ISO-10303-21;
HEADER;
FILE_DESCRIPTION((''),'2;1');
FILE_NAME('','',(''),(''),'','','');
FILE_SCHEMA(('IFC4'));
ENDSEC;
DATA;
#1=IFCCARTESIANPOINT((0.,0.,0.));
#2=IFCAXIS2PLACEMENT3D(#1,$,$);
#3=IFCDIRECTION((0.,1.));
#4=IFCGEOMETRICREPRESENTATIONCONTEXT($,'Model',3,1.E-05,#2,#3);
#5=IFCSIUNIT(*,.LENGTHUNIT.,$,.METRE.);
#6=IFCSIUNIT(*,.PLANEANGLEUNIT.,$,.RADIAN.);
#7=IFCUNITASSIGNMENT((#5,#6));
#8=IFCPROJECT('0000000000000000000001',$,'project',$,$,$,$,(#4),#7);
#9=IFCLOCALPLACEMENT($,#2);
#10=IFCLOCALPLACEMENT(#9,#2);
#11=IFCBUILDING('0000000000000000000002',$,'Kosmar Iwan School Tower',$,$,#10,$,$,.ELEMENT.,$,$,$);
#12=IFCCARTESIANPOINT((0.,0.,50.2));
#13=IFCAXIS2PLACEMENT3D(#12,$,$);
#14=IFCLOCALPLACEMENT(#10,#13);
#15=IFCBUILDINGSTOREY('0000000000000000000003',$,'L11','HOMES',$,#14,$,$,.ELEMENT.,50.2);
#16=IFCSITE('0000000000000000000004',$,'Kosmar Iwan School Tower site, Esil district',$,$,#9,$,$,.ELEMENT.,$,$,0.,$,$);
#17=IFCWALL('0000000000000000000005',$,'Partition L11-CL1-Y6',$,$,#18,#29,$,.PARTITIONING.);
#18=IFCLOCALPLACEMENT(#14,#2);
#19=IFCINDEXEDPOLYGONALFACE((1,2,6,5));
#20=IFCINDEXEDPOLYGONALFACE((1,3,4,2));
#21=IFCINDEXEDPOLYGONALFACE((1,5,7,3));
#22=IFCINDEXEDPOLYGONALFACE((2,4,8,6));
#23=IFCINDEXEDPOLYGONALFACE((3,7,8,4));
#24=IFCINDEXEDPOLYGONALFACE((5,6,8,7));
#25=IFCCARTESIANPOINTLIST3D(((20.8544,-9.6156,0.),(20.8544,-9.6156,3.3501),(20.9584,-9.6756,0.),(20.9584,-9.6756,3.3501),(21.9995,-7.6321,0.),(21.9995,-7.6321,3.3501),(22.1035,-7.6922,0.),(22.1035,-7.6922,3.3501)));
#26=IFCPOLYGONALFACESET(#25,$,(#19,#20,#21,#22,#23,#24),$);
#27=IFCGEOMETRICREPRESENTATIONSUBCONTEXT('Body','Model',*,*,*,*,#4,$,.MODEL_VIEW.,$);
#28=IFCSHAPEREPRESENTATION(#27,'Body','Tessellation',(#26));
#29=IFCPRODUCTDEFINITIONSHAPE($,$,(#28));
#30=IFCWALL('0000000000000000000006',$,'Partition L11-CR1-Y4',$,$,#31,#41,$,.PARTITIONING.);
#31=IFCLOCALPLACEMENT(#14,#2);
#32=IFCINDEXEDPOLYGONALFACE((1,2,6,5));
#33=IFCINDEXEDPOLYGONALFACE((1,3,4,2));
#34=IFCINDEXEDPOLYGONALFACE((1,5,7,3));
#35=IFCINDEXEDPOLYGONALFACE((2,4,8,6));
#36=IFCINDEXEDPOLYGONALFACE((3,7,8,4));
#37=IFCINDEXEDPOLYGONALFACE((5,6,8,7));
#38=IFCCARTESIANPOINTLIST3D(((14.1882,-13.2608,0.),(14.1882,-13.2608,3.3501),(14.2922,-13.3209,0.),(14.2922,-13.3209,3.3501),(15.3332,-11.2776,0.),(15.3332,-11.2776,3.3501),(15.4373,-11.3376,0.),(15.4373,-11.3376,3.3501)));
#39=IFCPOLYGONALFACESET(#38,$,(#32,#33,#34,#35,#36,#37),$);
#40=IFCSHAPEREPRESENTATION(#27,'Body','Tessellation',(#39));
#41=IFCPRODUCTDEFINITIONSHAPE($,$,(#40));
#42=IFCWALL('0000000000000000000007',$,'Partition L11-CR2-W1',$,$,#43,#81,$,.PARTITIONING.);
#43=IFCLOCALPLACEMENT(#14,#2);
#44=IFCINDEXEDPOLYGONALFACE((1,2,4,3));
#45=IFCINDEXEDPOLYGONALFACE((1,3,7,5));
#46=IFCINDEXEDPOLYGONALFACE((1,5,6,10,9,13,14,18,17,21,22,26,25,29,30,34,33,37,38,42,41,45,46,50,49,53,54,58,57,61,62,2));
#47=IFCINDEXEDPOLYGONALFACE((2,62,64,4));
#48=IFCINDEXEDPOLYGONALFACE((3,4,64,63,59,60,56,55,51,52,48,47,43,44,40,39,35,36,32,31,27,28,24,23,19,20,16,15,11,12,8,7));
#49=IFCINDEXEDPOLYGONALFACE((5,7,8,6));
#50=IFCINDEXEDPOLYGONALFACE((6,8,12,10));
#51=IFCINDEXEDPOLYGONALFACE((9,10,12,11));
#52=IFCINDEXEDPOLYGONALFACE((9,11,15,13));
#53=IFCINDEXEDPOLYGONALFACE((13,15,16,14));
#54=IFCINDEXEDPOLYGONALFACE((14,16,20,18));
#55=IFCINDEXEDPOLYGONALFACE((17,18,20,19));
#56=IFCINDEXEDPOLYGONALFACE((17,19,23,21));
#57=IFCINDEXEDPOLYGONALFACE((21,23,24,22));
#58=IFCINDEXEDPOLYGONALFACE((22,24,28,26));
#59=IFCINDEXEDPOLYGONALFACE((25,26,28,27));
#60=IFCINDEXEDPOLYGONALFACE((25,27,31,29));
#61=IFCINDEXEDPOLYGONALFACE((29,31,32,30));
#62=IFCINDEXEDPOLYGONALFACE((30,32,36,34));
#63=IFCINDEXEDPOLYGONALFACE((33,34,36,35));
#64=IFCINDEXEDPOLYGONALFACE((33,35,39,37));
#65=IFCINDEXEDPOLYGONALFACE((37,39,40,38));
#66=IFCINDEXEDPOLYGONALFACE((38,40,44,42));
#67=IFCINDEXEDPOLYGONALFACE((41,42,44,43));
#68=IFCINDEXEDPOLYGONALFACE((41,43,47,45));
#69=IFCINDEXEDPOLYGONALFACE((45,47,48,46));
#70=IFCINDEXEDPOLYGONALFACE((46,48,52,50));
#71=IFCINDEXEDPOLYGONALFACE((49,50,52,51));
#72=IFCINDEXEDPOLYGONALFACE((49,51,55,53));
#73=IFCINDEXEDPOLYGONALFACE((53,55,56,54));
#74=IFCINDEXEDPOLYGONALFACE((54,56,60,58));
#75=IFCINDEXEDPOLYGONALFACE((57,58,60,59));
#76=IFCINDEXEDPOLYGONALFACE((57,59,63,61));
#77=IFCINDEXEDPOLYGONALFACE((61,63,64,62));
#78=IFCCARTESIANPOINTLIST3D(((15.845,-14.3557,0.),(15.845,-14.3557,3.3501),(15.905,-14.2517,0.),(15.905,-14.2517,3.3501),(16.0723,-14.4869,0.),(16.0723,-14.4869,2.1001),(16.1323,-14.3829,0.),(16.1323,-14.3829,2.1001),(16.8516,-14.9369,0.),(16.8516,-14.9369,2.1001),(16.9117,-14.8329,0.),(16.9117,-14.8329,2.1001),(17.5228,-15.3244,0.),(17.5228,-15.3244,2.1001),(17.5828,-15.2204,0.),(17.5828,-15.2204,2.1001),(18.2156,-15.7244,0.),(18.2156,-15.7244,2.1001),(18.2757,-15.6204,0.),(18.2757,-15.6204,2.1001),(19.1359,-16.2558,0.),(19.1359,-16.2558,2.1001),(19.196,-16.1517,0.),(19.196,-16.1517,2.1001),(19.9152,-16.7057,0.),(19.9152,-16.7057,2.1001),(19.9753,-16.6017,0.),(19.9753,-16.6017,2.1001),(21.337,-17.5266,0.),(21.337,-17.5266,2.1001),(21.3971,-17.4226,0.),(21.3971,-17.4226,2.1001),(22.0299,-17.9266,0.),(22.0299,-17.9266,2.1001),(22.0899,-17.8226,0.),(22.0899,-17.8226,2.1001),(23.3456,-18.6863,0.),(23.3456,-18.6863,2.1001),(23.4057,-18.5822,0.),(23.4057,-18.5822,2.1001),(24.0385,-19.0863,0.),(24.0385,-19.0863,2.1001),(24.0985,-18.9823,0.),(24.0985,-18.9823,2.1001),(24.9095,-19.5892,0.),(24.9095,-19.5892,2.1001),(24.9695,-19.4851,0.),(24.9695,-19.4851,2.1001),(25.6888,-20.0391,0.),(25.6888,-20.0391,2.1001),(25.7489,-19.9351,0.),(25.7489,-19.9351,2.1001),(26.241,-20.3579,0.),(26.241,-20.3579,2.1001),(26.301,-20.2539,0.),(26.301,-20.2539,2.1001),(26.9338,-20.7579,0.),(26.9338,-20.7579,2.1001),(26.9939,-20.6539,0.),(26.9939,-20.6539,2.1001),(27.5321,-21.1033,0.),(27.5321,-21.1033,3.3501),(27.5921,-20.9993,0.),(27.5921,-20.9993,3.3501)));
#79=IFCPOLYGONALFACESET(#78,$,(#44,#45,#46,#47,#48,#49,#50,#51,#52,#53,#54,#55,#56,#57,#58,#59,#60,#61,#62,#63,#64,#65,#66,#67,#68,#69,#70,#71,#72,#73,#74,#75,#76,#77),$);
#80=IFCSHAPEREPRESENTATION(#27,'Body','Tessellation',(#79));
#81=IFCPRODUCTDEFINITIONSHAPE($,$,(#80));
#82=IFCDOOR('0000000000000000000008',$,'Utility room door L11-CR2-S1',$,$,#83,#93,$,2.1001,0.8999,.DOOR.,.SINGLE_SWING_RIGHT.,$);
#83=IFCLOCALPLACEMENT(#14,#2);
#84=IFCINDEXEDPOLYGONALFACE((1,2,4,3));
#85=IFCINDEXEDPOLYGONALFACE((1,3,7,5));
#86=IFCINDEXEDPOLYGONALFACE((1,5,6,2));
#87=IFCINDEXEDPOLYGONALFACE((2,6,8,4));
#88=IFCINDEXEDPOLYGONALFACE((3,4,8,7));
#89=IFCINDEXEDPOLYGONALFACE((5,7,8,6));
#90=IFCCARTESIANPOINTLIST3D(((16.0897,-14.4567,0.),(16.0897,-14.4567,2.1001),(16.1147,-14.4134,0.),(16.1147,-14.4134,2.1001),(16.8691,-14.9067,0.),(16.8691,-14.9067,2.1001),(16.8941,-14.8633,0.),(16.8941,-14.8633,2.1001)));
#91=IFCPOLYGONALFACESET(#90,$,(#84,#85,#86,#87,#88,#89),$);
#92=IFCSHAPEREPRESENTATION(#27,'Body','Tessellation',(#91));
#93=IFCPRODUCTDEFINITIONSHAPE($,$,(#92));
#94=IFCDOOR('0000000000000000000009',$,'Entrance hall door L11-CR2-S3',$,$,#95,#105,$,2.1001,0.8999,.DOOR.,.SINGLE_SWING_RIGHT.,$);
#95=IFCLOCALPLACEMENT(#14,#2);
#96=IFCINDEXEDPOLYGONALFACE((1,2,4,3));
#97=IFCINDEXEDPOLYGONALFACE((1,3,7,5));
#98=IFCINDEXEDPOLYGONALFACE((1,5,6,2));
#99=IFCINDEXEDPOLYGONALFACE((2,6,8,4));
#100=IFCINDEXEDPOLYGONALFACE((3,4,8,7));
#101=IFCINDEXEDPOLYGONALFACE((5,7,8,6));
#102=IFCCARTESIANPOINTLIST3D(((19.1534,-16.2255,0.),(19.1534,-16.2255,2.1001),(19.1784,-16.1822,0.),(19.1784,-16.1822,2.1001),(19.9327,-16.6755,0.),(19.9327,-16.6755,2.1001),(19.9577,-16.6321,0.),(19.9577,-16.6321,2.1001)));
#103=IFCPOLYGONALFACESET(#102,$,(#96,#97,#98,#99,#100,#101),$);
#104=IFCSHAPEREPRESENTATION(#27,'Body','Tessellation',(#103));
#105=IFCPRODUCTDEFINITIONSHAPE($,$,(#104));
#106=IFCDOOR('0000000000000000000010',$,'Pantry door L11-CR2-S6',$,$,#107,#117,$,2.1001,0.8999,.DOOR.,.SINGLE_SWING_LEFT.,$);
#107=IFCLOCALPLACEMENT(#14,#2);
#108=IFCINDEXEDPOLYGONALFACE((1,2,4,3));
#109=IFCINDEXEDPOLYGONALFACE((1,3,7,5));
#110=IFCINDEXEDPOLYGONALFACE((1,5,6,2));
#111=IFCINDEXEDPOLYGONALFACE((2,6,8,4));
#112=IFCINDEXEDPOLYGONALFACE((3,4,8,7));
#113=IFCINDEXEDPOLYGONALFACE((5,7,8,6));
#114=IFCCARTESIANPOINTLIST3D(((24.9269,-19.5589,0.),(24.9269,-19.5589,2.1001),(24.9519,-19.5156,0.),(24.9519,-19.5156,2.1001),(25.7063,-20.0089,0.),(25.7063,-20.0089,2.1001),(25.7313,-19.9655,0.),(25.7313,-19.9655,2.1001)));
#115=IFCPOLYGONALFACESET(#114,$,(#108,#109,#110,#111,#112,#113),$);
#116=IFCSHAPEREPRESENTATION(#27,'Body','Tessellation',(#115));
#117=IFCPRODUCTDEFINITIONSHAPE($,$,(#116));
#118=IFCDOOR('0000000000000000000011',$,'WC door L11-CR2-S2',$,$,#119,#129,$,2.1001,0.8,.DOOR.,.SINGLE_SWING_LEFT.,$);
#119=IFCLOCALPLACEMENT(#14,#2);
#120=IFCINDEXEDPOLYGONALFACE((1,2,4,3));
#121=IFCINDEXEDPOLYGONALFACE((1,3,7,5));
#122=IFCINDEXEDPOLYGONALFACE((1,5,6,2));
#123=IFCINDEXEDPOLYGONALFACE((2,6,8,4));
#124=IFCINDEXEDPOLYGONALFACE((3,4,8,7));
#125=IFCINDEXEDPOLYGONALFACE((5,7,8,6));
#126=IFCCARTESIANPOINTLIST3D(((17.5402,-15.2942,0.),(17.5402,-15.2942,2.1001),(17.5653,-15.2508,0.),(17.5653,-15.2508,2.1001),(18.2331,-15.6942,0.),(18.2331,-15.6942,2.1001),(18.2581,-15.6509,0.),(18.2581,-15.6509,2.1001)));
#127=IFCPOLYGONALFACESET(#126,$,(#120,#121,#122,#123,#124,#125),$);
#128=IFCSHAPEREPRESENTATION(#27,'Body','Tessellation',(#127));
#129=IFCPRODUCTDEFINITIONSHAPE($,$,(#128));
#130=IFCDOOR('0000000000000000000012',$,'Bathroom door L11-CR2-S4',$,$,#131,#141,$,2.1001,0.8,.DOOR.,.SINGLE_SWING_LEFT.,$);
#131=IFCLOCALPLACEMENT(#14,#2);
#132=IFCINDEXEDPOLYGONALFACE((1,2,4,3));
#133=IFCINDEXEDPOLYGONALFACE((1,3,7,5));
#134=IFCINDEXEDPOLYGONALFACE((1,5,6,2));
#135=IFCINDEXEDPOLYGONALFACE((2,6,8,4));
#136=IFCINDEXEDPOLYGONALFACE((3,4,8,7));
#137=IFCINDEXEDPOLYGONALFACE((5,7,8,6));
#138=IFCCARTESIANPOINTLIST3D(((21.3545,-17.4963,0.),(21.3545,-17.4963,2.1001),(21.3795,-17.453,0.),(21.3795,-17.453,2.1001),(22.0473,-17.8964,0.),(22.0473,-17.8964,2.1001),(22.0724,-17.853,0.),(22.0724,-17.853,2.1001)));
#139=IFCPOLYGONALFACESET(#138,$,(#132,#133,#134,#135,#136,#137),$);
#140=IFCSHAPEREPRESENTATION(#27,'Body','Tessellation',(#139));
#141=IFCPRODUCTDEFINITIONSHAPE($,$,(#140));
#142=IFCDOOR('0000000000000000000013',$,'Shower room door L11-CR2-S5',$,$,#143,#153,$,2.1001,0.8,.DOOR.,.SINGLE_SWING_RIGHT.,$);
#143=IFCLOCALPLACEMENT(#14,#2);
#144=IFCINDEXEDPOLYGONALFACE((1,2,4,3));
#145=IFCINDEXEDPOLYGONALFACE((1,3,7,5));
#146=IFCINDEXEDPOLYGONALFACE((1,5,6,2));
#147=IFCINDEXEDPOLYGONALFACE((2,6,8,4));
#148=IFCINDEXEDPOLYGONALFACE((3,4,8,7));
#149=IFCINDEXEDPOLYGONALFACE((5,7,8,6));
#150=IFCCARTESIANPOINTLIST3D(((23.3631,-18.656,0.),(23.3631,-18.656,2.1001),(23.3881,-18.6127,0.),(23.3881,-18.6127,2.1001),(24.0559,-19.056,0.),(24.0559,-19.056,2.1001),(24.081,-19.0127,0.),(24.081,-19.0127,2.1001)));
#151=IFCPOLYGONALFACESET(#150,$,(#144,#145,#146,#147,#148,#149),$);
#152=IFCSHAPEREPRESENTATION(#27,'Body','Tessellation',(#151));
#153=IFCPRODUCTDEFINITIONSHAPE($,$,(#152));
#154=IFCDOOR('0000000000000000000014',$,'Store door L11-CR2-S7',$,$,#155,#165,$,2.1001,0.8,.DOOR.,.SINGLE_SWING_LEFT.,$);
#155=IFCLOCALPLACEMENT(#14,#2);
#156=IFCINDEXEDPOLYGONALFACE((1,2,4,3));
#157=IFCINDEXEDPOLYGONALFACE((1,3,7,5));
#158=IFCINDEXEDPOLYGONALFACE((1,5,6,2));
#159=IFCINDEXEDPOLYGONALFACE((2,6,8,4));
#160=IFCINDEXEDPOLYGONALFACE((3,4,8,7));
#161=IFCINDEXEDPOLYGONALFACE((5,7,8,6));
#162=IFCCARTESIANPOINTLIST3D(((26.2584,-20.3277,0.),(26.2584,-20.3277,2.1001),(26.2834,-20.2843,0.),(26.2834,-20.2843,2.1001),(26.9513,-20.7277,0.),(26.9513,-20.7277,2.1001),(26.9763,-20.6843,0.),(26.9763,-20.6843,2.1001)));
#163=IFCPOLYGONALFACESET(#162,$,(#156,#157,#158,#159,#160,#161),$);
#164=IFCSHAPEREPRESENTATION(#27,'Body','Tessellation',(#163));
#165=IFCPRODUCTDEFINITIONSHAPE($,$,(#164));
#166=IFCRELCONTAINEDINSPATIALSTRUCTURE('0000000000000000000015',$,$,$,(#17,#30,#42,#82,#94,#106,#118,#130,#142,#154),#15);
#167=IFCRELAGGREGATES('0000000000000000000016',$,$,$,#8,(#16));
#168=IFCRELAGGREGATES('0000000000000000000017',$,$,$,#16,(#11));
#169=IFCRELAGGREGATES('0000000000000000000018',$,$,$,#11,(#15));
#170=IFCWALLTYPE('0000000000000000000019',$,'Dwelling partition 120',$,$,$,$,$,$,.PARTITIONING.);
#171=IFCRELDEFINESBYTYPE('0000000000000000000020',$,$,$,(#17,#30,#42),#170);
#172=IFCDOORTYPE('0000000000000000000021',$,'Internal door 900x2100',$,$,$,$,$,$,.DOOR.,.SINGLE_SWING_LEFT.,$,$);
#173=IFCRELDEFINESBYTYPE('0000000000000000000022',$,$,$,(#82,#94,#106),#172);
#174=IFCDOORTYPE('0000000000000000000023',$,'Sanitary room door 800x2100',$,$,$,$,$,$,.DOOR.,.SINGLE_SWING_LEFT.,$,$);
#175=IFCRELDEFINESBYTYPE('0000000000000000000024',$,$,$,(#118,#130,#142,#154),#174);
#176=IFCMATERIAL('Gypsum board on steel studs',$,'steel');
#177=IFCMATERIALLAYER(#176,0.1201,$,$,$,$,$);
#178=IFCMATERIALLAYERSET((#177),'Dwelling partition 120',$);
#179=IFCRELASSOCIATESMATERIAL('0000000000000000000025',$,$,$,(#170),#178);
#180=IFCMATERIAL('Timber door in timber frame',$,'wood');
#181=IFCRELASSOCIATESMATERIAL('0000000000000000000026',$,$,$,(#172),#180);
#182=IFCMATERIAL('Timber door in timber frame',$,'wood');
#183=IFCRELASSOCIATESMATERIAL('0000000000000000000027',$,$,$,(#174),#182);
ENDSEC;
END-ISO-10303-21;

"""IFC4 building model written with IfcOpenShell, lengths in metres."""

from ifc_helpers import new_model, si_unit, direction, frame, frame_2d, origin, place, context, subcontext, project, spatial, rectangle, extrude, material, layer, layer_set, type_object, element, fill, save


model = new_model("IFC4")

# Units and contexts
model_context = context("Model", 3, precision=1e-05, world=origin(), true_north=direction((0.0, 1.0)))
body_context = subcontext(model_context, "Body", "Model", "MODEL_VIEW")
ifc_project = project(units=[si_unit("LENGTHUNIT", "METRE"), si_unit("PLANEANGLEUNIT", "RADIAN")], contexts=[model_context])

# Site, building, storey
site_placement = place(None, origin())
site = spatial("IfcSite", under=ifc_project, at=site_placement, Name="Kosmar Iwan School Tower site, Esil district", CompositionType="ELEMENT", RefElevation=0.0)
building_placement = place(site_placement, origin())
building = spatial("IfcBuilding", under=site, at=building_placement, Name="Kosmar Iwan School Tower", CompositionType="ELEMENT")
storey_placement = place(building_placement, frame((0.0, 0.0, 50.2)))
storey = spatial("IfcBuildingStorey", under=building, at=storey_placement, Name="L11", Description="HOMES", CompositionType="ELEMENT", Elevation=50.2)

# Walls
ifc_material_1 = material(Name="Gypsum board on steel studs", Category="steel")
ifc_layer_1 = layer(ifc_material_1, 0.1201)
ifc_layer_set_1 = layer_set([ifc_layer_1], Name="Dwelling partition 120")
wall_type_1 = type_object("IfcWallType", Name="Dwelling partition 120", PredefinedType="PARTITIONING", material=ifc_layer_set_1)
wall_1_placement = place(storey_placement, frame((20.9065, -9.6455, 0.0), z_axis=(0.0, 0.0, 1.0), x_axis=(0.499969, 0.866044, 0.0)))
element("IfcWall", 1, at=wall_1_placement, inside=storey, type_object=wall_type_1, Name="Partition L11-CL1-Y6", PredefinedType="PARTITIONING", context=body_context, shape_type="SweptSolid", body=[
    extrude(rectangle(XDim=2.2903, YDim=0.1201, at=frame_2d((1.145, 0.0))), origin(), (0.0, 0.0, 1.0), 3.3501),
])
wall_2_placement = place(storey_placement, frame((15.3853, -11.3076, 0.0), z_axis=(0.0, 0.0, 1.0), x_axis=(-0.500015, -0.866017, 0.0)))
element("IfcWall", 2, at=wall_2_placement, inside=storey, type_object=wall_type_1, Name="Partition L11-CR1-Y4", PredefinedType="PARTITIONING", context=body_context, shape_type="SweptSolid", body=[
    extrude(rectangle(XDim=2.29, YDim=0.1201, at=frame_2d((1.145, 0.0))), origin(), (0.0, 0.0, 1.0), 3.3501),
])

# Wall, openings, doors
wall_3_placement = place(storey_placement, frame((15.875, -14.3037, 0.0), z_axis=(0.0, 0.0, 1.0), x_axis=(0.866024, -0.500003, 0.0)))
wall_3 = element("IfcWall", 3, at=wall_3_placement, inside=storey, type_object=wall_type_1, Name="Partition L11-CR2-W1", PredefinedType="PARTITIONING", context=body_context, shape_type="SweptSolid", body=[
    extrude(rectangle(XDim=13.4951, YDim=0.1201, at=frame_2d((6.7476, 0.0))), origin(), (0.0, 0.0, 1.0), 3.3501),
])
opening_1_placement = place(wall_3_placement, frame((0.2625, 0.0, 0.0)))
opening_1 = element("IfcOpeningElement", 4, at=opening_1_placement, cuts=wall_3, PredefinedType="OPENING", context=body_context, shape_type="SweptSolid", body=[
    extrude(rectangle(XDim=0.8999, YDim=2.1001, at=frame_2d((0.45, 1.05))), frame((0.0, 0.072, 0.0), z_axis=(0.0, -1.0, 0.0), x_axis=(1.0, 0.0, 0.0)), (0.0, 0.0, 1.0), 0.144),
])
opening_2_placement = place(wall_3_placement, frame((1.9375, 0.0, 0.0)))
opening_2 = element("IfcOpeningElement", 5, at=opening_2_placement, cuts=wall_3, PredefinedType="OPENING", context=body_context, shape_type="SweptSolid", body=[
    extrude(rectangle(XDim=0.8, YDim=2.1001, at=frame_2d((0.3999, 1.05))), frame((0.0, 0.072, 0.0), z_axis=(0.0, -1.0, 0.0), x_axis=(1.0, 0.0, 0.0)), (0.0, 0.0, 1.0), 0.144),
])
opening_3_placement = place(wall_3_placement, frame((3.8, 0.0, 0.0)))
opening_3 = element("IfcOpeningElement", 6, at=opening_3_placement, cuts=wall_3, PredefinedType="OPENING", context=body_context, shape_type="SweptSolid", body=[
    extrude(rectangle(XDim=0.8999, YDim=2.1001, at=frame_2d((0.45, 1.05))), frame((0.0, 0.072, 0.0), z_axis=(0.0, -1.0, 0.0), x_axis=(1.0, 0.0, 0.0)), (0.0, 0.0, 1.0), 0.144),
])
opening_4_placement = place(wall_3_placement, frame((6.3418, 0.0, 0.0)))
opening_4 = element("IfcOpeningElement", 7, at=opening_4_placement, cuts=wall_3, PredefinedType="OPENING", context=body_context, shape_type="SweptSolid", body=[
    extrude(rectangle(XDim=0.8, YDim=2.1001, at=frame_2d((0.3999, 1.05))), frame((0.0, 0.072, 0.0), z_axis=(0.0, -1.0, 0.0), x_axis=(1.0, 0.0, 0.0)), (0.0, 0.0, 1.0), 0.144),
])
opening_5_placement = place(wall_3_placement, frame((8.6611, 0.0, 0.0)))
opening_5 = element("IfcOpeningElement", 8, at=opening_5_placement, cuts=wall_3, PredefinedType="OPENING", context=body_context, shape_type="SweptSolid", body=[
    extrude(rectangle(XDim=0.8, YDim=2.1001, at=frame_2d((0.3999, 1.05))), frame((0.0, 0.072, 0.0), z_axis=(0.0, -1.0, 0.0), x_axis=(1.0, 0.0, 0.0)), (0.0, 0.0, 1.0), 0.144),
])
opening_6_placement = place(wall_3_placement, frame((10.4668, 0.0, 0.0)))
opening_6 = element("IfcOpeningElement", 9, at=opening_6_placement, cuts=wall_3, PredefinedType="OPENING", context=body_context, shape_type="SweptSolid", body=[
    extrude(rectangle(XDim=0.8999, YDim=2.1001, at=frame_2d((0.45, 1.05))), frame((0.0, 0.072, 0.0), z_axis=(0.0, -1.0, 0.0), x_axis=(1.0, 0.0, 0.0)), (0.0, 0.0, 1.0), 0.144),
])
opening_7_placement = place(wall_3_placement, frame((12.0044, 0.0, 0.0)))
opening_7 = element("IfcOpeningElement", 10, at=opening_7_placement, cuts=wall_3, PredefinedType="OPENING", context=body_context, shape_type="SweptSolid", body=[
    extrude(rectangle(XDim=0.8, YDim=2.1001, at=frame_2d((0.3999, 1.05))), frame((0.0, 0.072, 0.0), z_axis=(0.0, -1.0, 0.0), x_axis=(1.0, 0.0, 0.0)), (0.0, 0.0, 1.0), 0.144),
])
ifc_material_2 = material(Name="Timber door in timber frame", Category="wood")
door_type_1 = type_object("IfcDoorType", Name="Internal door 900x2100", OperationType="SINGLE_SWING_LEFT", PredefinedType="DOOR", material=ifc_material_2)
door_1_placement = place(opening_1_placement, origin())
door_1 = element("IfcDoor", 11, at=door_1_placement, inside=storey, type_object=door_type_1, Name="Utility room door L11-CR2-S1", OperationType="SINGLE_SWING_RIGHT", OverallHeight=2.1001, OverallWidth=0.8999, PredefinedType="DOOR", context=body_context, shape_type="SweptSolid", body=[
    extrude(rectangle(XDim=0.8999, YDim=2.1001, at=frame_2d((0.45, 1.05))), frame((0.0, 0.0249, 0.0), z_axis=(0.0, -1.0, 0.0), x_axis=(1.0, 0.0, 0.0)), (0.0, 0.0, 1.0), 0.05),
])
fill(opening_1, door_1)
door_2_placement = place(opening_3_placement, origin())
door_2 = element("IfcDoor", 12, at=door_2_placement, inside=storey, type_object=door_type_1, Name="Entrance hall door L11-CR2-S3", OperationType="SINGLE_SWING_RIGHT", OverallHeight=2.1001, OverallWidth=0.8999, PredefinedType="DOOR", context=body_context, shape_type="SweptSolid", body=[
    extrude(rectangle(XDim=0.8999, YDim=2.1001, at=frame_2d((0.45, 1.05))), frame((0.0, 0.0249, 0.0), z_axis=(0.0, -1.0, 0.0), x_axis=(1.0, 0.0, 0.0)), (0.0, 0.0, 1.0), 0.05),
])
fill(opening_3, door_2)
door_3_placement = place(opening_6_placement, origin())
door_3 = element("IfcDoor", 13, at=door_3_placement, inside=storey, type_object=door_type_1, Name="Pantry door L11-CR2-S6", OperationType="SINGLE_SWING_LEFT", OverallHeight=2.1001, OverallWidth=0.8999, PredefinedType="DOOR", context=body_context, shape_type="SweptSolid", body=[
    extrude(rectangle(XDim=0.8999, YDim=2.1001, at=frame_2d((0.45, 1.05))), frame((0.0, 0.0249, 0.0), z_axis=(0.0, -1.0, 0.0), x_axis=(1.0, 0.0, 0.0)), (0.0, 0.0, 1.0), 0.05),
])
fill(opening_6, door_3)
ifc_material_3 = material(Name="Timber door in timber frame", Category="wood")
door_type_2 = type_object("IfcDoorType", Name="Sanitary room door 800x2100", OperationType="SINGLE_SWING_LEFT", PredefinedType="DOOR", material=ifc_material_3)
door_4_placement = place(opening_2_placement, origin())
door_4 = element("IfcDoor", 14, at=door_4_placement, inside=storey, type_object=door_type_2, Name="WC door L11-CR2-S2", OperationType="SINGLE_SWING_LEFT", OverallHeight=2.1001, OverallWidth=0.8, PredefinedType="DOOR", context=body_context, shape_type="SweptSolid", body=[
    extrude(rectangle(XDim=0.8, YDim=2.1001, at=frame_2d((0.3999, 1.05))), frame((0.0, 0.0249, 0.0), z_axis=(0.0, -1.0, 0.0), x_axis=(1.0, 0.0, 0.0)), (0.0, 0.0, 1.0), 0.05),
])
fill(opening_2, door_4)
door_5_placement = place(opening_4_placement, origin())
door_5 = element("IfcDoor", 15, at=door_5_placement, inside=storey, type_object=door_type_2, Name="Bathroom door L11-CR2-S4", OperationType="SINGLE_SWING_LEFT", OverallHeight=2.1001, OverallWidth=0.8, PredefinedType="DOOR", context=body_context, shape_type="SweptSolid", body=[
    extrude(rectangle(XDim=0.8, YDim=2.1001, at=frame_2d((0.3999, 1.05))), frame((0.0, 0.0249, 0.0), z_axis=(0.0, -1.0, 0.0), x_axis=(1.0, 0.0, 0.0)), (0.0, 0.0, 1.0), 0.05),
])
fill(opening_4, door_5)
door_6_placement = place(opening_5_placement, origin())
door_6 = element("IfcDoor", 16, at=door_6_placement, inside=storey, type_object=door_type_2, Name="Shower room door L11-CR2-S5", OperationType="SINGLE_SWING_RIGHT", OverallHeight=2.1001, OverallWidth=0.8, PredefinedType="DOOR", context=body_context, shape_type="SweptSolid", body=[
    extrude(rectangle(XDim=0.8, YDim=2.1001, at=frame_2d((0.3999, 1.05))), frame((0.0, 0.0249, 0.0), z_axis=(0.0, -1.0, 0.0), x_axis=(1.0, 0.0, 0.0)), (0.0, 0.0, 1.0), 0.05),
])
fill(opening_5, door_6)
door_7_placement = place(opening_7_placement, origin())
door_7 = element("IfcDoor", 17, at=door_7_placement, inside=storey, type_object=door_type_2, Name="Store door L11-CR2-S7", OperationType="SINGLE_SWING_LEFT", OverallHeight=2.1001, OverallWidth=0.8, PredefinedType="DOOR", context=body_context, shape_type="SweptSolid", body=[
    extrude(rectangle(XDim=0.8, YDim=2.1001, at=frame_2d((0.3999, 1.05))), frame((0.0, 0.0249, 0.0), z_axis=(0.0, -1.0, 0.0), x_axis=(1.0, 0.0, 0.0)), (0.0, 0.0, 1.0), 0.05),
])
fill(opening_7, door_7)

save(model, "model.ifc")
